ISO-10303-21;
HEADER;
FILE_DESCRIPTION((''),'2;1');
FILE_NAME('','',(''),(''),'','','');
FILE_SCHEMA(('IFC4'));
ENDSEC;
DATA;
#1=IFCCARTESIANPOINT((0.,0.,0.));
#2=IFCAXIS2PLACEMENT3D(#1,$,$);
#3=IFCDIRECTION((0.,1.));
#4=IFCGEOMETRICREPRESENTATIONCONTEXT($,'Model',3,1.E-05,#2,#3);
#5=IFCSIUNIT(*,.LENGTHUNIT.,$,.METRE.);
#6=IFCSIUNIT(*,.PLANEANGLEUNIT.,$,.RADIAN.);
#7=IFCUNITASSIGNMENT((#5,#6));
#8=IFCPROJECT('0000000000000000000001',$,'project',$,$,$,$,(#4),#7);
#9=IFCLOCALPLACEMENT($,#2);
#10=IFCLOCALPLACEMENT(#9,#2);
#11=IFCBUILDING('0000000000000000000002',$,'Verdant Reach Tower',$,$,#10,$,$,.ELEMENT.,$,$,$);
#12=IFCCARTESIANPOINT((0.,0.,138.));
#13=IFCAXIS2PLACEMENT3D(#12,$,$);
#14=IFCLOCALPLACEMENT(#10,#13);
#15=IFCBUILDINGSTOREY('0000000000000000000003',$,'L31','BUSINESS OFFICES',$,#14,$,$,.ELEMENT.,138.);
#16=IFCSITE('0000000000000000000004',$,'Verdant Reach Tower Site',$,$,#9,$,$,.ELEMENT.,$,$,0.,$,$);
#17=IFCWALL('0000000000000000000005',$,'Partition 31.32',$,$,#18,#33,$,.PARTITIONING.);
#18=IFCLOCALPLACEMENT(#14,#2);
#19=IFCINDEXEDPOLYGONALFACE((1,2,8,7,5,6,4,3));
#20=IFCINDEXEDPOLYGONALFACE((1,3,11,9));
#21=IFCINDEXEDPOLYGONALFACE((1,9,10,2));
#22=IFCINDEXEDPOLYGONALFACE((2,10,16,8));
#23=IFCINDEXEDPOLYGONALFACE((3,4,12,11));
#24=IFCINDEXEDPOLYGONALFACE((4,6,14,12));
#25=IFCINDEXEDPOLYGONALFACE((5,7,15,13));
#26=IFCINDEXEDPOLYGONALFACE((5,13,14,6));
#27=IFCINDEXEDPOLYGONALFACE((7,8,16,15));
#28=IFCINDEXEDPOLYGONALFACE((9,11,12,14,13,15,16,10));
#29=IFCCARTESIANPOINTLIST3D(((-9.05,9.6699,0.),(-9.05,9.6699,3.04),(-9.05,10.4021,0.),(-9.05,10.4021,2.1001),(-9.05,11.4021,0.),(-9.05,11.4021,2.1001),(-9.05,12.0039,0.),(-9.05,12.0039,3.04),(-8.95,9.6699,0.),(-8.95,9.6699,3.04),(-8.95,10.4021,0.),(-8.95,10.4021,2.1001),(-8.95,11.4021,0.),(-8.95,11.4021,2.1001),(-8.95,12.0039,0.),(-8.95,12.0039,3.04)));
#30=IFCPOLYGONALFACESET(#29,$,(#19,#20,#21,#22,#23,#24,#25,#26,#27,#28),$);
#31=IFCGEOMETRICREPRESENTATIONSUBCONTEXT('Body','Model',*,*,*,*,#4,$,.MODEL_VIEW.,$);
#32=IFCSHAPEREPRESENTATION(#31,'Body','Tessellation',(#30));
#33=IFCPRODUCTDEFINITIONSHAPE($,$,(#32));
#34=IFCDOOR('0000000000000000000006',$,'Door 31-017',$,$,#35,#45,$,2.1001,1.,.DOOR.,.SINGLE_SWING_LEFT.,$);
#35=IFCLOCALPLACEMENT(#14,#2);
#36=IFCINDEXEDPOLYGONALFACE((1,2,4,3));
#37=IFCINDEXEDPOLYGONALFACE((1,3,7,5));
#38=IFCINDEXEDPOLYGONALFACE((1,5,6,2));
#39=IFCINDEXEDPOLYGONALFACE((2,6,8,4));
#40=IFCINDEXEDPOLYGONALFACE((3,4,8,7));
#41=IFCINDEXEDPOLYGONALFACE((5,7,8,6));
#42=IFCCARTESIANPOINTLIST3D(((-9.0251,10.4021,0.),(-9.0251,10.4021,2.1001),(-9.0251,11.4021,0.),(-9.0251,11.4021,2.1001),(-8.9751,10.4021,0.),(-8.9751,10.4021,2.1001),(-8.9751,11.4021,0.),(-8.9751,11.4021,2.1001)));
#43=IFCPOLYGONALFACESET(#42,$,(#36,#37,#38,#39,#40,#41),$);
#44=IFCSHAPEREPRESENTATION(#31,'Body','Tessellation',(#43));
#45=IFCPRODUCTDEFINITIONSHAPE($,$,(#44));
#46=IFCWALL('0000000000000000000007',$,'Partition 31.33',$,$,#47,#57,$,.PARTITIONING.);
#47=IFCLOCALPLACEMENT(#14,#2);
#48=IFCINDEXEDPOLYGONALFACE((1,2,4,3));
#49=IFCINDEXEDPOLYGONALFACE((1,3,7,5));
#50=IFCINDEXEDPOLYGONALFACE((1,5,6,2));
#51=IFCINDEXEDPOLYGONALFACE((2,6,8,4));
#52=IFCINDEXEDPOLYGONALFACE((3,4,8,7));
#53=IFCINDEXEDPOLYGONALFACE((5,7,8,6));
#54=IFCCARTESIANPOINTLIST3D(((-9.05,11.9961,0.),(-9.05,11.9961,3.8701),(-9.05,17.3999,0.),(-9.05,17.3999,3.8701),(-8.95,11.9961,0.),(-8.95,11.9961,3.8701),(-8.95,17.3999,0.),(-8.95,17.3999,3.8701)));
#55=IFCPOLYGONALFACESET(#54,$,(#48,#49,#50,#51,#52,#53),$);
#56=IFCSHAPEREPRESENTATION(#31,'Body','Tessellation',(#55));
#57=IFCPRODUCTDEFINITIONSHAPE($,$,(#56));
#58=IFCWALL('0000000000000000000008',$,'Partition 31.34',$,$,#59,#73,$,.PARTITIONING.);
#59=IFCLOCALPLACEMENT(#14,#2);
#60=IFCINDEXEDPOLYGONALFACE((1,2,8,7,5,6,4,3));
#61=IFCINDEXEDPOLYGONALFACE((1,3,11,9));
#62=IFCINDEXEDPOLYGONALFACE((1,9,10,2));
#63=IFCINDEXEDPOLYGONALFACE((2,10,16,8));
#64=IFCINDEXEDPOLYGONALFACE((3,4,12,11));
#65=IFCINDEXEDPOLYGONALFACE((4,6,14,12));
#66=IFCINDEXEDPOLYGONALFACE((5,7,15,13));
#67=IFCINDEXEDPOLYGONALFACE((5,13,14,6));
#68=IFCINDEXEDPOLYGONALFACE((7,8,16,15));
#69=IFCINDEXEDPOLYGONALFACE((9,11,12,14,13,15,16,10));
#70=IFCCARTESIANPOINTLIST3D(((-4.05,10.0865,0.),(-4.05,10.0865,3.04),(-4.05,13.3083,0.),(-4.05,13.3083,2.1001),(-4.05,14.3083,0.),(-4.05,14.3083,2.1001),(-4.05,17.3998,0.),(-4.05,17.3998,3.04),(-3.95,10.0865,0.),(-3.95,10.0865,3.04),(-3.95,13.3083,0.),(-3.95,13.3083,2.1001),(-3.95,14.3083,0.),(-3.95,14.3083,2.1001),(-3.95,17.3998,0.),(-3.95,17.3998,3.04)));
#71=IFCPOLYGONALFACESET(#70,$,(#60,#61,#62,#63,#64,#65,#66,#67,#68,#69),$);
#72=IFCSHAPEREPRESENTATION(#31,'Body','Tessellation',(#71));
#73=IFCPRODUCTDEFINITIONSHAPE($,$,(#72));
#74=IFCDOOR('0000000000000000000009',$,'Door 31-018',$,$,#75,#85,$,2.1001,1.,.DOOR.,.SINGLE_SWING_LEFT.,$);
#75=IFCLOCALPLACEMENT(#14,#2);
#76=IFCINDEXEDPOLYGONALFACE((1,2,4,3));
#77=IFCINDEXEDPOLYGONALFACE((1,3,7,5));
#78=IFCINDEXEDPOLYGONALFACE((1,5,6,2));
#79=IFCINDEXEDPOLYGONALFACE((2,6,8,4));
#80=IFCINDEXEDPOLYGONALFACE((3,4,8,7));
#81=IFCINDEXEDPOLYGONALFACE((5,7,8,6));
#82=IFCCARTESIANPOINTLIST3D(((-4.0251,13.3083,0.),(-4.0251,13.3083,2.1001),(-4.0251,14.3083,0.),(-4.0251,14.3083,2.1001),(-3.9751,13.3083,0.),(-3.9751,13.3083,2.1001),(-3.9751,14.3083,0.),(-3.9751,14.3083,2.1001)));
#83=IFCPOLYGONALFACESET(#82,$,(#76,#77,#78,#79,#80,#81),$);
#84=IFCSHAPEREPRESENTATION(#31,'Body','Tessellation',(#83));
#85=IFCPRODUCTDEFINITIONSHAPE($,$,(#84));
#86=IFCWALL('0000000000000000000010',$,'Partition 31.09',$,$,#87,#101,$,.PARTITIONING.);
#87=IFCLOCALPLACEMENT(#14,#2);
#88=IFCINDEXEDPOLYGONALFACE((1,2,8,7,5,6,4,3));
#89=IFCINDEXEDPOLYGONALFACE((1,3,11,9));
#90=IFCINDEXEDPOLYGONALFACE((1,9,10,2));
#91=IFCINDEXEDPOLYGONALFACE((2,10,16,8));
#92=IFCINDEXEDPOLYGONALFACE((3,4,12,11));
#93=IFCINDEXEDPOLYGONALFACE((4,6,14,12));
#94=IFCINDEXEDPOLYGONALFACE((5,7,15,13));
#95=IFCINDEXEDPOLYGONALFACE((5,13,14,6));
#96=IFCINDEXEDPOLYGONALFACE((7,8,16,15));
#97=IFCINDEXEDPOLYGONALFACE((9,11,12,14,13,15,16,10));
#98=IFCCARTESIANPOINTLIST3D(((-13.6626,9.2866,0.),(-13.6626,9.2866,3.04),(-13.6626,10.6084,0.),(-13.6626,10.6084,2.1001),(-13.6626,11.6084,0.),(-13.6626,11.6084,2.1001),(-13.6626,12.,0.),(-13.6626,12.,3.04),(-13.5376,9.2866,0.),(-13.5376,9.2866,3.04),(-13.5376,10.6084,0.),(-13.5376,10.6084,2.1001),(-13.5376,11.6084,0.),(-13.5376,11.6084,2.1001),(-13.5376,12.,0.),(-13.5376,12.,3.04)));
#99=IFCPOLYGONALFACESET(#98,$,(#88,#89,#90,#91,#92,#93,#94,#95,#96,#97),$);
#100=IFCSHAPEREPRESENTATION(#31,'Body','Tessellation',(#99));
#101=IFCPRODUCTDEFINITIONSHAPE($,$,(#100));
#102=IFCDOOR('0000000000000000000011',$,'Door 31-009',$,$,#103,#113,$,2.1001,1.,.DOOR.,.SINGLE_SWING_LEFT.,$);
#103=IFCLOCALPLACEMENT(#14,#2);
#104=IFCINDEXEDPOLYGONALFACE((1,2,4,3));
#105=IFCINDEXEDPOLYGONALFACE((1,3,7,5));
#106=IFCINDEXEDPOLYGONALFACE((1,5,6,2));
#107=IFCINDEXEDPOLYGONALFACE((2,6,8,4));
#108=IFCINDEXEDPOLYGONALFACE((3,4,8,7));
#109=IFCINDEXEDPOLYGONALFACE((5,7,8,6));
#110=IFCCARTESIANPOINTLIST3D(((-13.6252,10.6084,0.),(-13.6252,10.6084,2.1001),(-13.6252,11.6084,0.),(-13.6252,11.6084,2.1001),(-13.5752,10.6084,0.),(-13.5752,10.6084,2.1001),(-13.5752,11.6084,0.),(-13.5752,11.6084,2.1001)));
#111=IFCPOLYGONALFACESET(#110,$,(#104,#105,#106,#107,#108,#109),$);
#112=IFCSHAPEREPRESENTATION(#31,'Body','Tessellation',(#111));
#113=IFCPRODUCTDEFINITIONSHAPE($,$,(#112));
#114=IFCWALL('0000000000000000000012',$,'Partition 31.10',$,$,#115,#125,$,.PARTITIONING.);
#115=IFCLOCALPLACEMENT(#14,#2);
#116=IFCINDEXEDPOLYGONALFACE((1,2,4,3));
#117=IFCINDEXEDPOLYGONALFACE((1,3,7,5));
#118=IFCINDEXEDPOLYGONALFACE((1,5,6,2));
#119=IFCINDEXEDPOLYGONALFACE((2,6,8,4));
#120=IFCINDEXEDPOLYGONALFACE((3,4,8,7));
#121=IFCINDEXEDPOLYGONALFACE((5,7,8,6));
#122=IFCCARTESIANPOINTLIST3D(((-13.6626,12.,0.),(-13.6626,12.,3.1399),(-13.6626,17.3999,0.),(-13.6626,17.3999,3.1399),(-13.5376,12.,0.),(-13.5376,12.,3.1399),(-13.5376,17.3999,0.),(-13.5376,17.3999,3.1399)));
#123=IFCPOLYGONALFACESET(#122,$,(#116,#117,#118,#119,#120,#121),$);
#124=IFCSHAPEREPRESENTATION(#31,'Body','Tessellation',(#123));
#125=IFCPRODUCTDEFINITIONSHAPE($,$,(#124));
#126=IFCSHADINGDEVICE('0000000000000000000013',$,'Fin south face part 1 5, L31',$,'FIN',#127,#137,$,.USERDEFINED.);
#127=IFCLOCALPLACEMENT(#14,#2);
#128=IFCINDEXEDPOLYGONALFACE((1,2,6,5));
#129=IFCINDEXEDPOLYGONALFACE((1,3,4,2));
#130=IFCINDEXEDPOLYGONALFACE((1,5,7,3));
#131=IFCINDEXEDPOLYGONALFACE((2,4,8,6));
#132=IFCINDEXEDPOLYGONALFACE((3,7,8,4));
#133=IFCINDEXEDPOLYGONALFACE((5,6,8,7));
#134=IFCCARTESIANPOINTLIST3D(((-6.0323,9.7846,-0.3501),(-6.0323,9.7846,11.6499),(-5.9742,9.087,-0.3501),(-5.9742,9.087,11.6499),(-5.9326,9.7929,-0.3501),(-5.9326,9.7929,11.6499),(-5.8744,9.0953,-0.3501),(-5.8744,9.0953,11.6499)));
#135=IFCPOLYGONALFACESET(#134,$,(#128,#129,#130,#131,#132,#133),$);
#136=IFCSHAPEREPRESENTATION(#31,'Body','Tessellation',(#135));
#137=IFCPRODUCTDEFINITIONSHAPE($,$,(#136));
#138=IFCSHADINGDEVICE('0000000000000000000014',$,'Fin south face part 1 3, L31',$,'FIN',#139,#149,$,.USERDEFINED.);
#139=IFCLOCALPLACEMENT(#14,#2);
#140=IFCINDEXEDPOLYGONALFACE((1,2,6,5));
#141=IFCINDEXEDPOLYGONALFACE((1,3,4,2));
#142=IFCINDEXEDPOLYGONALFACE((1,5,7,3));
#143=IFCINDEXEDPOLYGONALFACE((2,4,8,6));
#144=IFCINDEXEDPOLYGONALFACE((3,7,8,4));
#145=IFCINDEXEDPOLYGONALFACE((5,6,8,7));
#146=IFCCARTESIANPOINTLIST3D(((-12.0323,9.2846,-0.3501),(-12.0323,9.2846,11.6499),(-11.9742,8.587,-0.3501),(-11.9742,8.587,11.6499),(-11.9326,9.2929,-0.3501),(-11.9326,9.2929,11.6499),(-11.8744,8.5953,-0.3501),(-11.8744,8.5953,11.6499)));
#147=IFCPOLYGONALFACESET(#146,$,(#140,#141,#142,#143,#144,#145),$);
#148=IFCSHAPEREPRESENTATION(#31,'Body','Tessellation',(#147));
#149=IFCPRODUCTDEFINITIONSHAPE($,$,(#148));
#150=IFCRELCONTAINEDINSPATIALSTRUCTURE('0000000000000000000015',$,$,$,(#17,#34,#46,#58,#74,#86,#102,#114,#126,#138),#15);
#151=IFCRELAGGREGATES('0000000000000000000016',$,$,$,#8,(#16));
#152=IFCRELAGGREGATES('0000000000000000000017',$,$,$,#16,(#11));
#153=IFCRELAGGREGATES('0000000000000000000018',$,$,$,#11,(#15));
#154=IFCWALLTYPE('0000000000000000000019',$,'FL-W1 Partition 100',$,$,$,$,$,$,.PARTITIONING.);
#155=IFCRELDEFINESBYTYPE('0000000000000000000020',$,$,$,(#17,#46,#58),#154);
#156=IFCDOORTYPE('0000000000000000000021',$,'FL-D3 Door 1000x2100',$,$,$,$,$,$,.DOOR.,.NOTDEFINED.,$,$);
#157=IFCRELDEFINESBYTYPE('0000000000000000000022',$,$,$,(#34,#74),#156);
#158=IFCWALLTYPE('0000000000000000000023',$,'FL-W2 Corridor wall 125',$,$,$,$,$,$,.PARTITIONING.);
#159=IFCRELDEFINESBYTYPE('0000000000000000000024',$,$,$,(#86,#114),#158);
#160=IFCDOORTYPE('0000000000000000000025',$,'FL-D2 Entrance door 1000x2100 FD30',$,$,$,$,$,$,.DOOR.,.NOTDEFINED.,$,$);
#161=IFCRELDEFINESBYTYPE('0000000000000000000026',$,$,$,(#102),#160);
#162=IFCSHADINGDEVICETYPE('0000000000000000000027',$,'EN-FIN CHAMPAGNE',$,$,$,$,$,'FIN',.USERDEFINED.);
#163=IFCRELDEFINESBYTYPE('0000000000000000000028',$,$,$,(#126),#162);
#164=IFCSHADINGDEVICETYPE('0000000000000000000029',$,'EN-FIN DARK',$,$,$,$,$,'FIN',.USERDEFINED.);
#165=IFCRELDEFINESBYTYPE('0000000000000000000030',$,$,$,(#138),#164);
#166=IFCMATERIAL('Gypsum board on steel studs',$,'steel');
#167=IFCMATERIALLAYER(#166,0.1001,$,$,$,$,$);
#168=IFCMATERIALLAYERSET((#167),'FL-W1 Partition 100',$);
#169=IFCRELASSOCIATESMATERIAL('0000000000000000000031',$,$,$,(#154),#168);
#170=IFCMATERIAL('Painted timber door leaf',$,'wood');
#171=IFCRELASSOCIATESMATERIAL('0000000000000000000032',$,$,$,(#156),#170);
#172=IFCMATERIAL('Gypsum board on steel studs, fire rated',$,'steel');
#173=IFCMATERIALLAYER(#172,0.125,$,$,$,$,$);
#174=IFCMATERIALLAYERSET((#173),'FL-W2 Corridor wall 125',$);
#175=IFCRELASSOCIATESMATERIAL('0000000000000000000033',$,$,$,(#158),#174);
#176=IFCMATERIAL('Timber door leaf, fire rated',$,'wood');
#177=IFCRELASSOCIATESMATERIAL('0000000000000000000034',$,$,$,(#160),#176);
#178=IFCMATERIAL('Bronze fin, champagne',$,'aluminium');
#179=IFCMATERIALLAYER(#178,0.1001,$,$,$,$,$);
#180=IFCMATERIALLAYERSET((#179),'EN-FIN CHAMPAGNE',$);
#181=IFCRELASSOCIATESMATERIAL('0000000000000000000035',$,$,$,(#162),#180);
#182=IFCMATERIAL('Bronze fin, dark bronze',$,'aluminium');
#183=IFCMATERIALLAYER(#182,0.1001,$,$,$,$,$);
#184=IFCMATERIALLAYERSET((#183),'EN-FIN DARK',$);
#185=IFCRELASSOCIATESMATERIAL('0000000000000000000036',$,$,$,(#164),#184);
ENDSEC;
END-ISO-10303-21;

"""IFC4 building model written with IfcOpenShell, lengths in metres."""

from ifc_helpers import new_model, si_unit, direction, frame, frame_2d, origin, origin_2d, place, context, subcontext, project, spatial, rectangle, extrude, material, layer, layer_set, type_object, element, fill, save


model = new_model("IFC4")

# Units and contexts
model_context = context("Model", 3, precision=1e-05, world=origin(), true_north=direction((0.0, 1.0)))
body_context = subcontext(model_context, "Body", "Model", "MODEL_VIEW")
ifc_project = project(units=[si_unit("LENGTHUNIT", "METRE"), si_unit("PLANEANGLEUNIT", "RADIAN")], contexts=[model_context])

# Site, building, storey
site_placement = place(None, origin())
site = spatial("IfcSite", under=ifc_project, at=site_placement, Name="Verdant Reach Tower Site", CompositionType="ELEMENT", RefElevation=0.0)
building_placement = place(site_placement, origin())
building = spatial("IfcBuilding", under=site, at=building_placement, Name="Verdant Reach Tower", CompositionType="ELEMENT")
storey_placement = place(building_placement, frame((0.0, 0.0, 138.0)))
storey = spatial("IfcBuildingStorey", under=building, at=storey_placement, Name="L31", Description="BUSINESS OFFICES", CompositionType="ELEMENT", Elevation=138.0)

# Wall, opening, door
ifc_material_1 = material(Name="Gypsum board on steel studs", Category="steel")
ifc_layer_1 = layer(ifc_material_1, 0.1001)
ifc_layer_set_1 = layer_set([ifc_layer_1], Name="FL-W1 Partition 100")
wall_type_1 = type_object("IfcWallType", Name="FL-W1 Partition 100", PredefinedType="PARTITIONING", material=ifc_layer_set_1)
ifc_material_2 = material(Name="Painted timber door leaf", Category="wood")
door_type_1 = type_object("IfcDoorType", Name="FL-D3 Door 1000x2100", OperationType="NOTDEFINED", PredefinedType="DOOR", material=ifc_material_2)
wall_1_placement = place(storey_placement, frame((-9.0, 12.0039, 0.0), z_axis=(0.0, 0.0, 1.0), x_axis=(0.0, -1.0, 0.0)))
wall_1 = element("IfcWall", 1, at=wall_1_placement, inside=storey, type_object=wall_type_1, Name="Partition 31.32", PredefinedType="PARTITIONING", context=body_context, shape_type="SweptSolid", body=[
    extrude(rectangle(XDim=2.334, YDim=0.1001, at=frame_2d((1.167, 0.0))), origin(), (0.0, 0.0, 1.0), 3.04),
])
opening_1_placement = place(wall_1_placement, frame((0.6018, 0.0, 0.0)))
opening_1 = element("IfcOpeningElement", 2, at=opening_1_placement, cuts=wall_1, PredefinedType="OPENING", context=body_context, shape_type="SweptSolid", body=[
    extrude(rectangle(XDim=1.0, YDim=2.1001, at=frame_2d((0.5, 1.05))), frame((0.0, 0.0601, 0.0), z_axis=(0.0, -1.0, 0.0), x_axis=(1.0, 0.0, 0.0)), (0.0, 0.0, 1.0), 0.1201),
])
door_1_placement = place(opening_1_placement, origin())
door_1 = element("IfcDoor", 3, at=door_1_placement, inside=storey, type_object=door_type_1, Name="Door 31-017", OperationType="SINGLE_SWING_LEFT", OverallHeight=2.1001, OverallWidth=1.0, PredefinedType="DOOR", context=body_context, shape_type="SweptSolid", body=[
    extrude(rectangle(XDim=1.0, YDim=2.1001, at=frame_2d((0.5, 1.05))), frame((0.0, 0.0249, 0.0), z_axis=(0.0, -1.0, 0.0), x_axis=(1.0, 0.0, 0.0)), (0.0, 0.0, 1.0), 0.05),
])
fill(opening_1, door_1)

# Wall
wall_2_placement = place(storey_placement, frame((-9.0, 11.9961, 0.0), z_axis=(0.0, 0.0, 1.0), x_axis=(0.0, 1.0, 0.0)))
element("IfcWall", 4, at=wall_2_placement, inside=storey, type_object=wall_type_1, Name="Partition 31.33", PredefinedType="PARTITIONING", context=body_context, shape_type="SweptSolid", body=[
    extrude(rectangle(XDim=5.4038, YDim=0.1001, at=frame_2d((2.7019, 0.0))), origin(), (0.0, 0.0, 1.0), 3.8701),
])

# Walls, openings, doors
wall_3_placement = place(storey_placement, frame((-4.0, 17.3999, 0.0), z_axis=(0.0, 0.0, 1.0), x_axis=(0.0, -1.0, 0.0)))
wall_3 = element("IfcWall", 5, at=wall_3_placement, inside=storey, type_object=wall_type_1, Name="Partition 31.34", PredefinedType="PARTITIONING", context=body_context, shape_type="SweptSolid", body=[
    extrude(rectangle(XDim=7.3132, YDim=0.1001, at=frame_2d((3.6567, 0.0))), origin(), (0.0, 0.0, 1.0), 3.04),
])
opening_2_placement = place(wall_3_placement, frame((3.0916, 0.0, 0.0)))
opening_2 = element("IfcOpeningElement", 6, at=opening_2_placement, cuts=wall_3, PredefinedType="OPENING", context=body_context, shape_type="SweptSolid", body=[
    extrude(rectangle(XDim=1.0, YDim=2.1001, at=frame_2d((0.5, 1.05))), frame((0.0, 0.0601, 0.0), z_axis=(0.0, -1.0, 0.0), x_axis=(1.0, 0.0, 0.0)), (0.0, 0.0, 1.0), 0.1201),
])
door_2_placement = place(opening_2_placement, origin())
door_2 = element("IfcDoor", 7, at=door_2_placement, inside=storey, type_object=door_type_1, Name="Door 31-018", OperationType="SINGLE_SWING_LEFT", OverallHeight=2.1001, OverallWidth=1.0, PredefinedType="DOOR", context=body_context, shape_type="SweptSolid", body=[
    extrude(rectangle(XDim=1.0, YDim=2.1001, at=frame_2d((0.5, 1.05))), frame((0.0, 0.0249, 0.0), z_axis=(0.0, -1.0, 0.0), x_axis=(1.0, 0.0, 0.0)), (0.0, 0.0, 1.0), 0.05),
])
fill(opening_2, door_2)
ifc_material_3 = material(Name="Gypsum board on steel studs, fire rated", Category="steel")
ifc_layer_2 = layer(ifc_material_3, 0.125)
ifc_layer_set_2 = layer_set([ifc_layer_2], Name="FL-W2 Corridor wall 125")
wall_type_2 = type_object("IfcWallType", Name="FL-W2 Corridor wall 125", PredefinedType="PARTITIONING", material=ifc_layer_set_2)
wall_4_placement = place(storey_placement, frame((-13.6001, 12.0, 0.0), z_axis=(0.0, 0.0, 1.0), x_axis=(0.0, -1.0, 0.0)))
wall_4 = element("IfcWall", 8, at=wall_4_placement, inside=storey, type_object=wall_type_2, Name="Partition 31.09", PredefinedType="PARTITIONING", context=body_context, shape_type="SweptSolid", body=[
    extrude(rectangle(XDim=2.7134, YDim=0.125, at=frame_2d((1.3567, 0.0))), origin(), (0.0, 0.0, 1.0), 3.04),
])
opening_3_placement = place(wall_4_placement, frame((0.3916, 0.0, 0.0)))
opening_3 = element("IfcOpeningElement", 9, at=opening_3_placement, cuts=wall_4, PredefinedType="OPENING", context=body_context, shape_type="SweptSolid", body=[
    extrude(rectangle(XDim=1.0, YDim=2.1001, at=frame_2d((0.5, 1.05))), frame((0.0, 0.0725, 0.0), z_axis=(0.0, -1.0, 0.0), x_axis=(1.0, 0.0, 0.0)), (0.0, 0.0, 1.0), 0.145),
])
ifc_material_4 = material(Name="Timber door leaf, fire rated", Category="wood")
door_type_2 = type_object("IfcDoorType", Name="FL-D2 Entrance door 1000x2100 FD30", OperationType="NOTDEFINED", PredefinedType="DOOR", material=ifc_material_4)
door_3_placement = place(opening_3_placement, origin())
door_3 = element("IfcDoor", 10, at=door_3_placement, inside=storey, type_object=door_type_2, Name="Door 31-009", OperationType="SINGLE_SWING_LEFT", OverallHeight=2.1001, OverallWidth=1.0, PredefinedType="DOOR", context=body_context, shape_type="SweptSolid", body=[
    extrude(rectangle(XDim=1.0, YDim=2.1001, at=frame_2d((0.5, 1.05))), frame((0.0, 0.0249, 0.0), z_axis=(0.0, -1.0, 0.0), x_axis=(1.0, 0.0, 0.0)), (0.0, 0.0, 1.0), 0.05),
])
fill(opening_3, door_3)

# Wall
wall_5_placement = place(storey_placement, frame((-13.6001, 12.0, 0.0), z_axis=(0.0, 0.0, 1.0), x_axis=(0.0, 1.0, 0.0)))
element("IfcWall", 11, at=wall_5_placement, inside=storey, type_object=wall_type_2, Name="Partition 31.10", PredefinedType="PARTITIONING", context=body_context, shape_type="SweptSolid", body=[
    extrude(rectangle(XDim=5.3999, YDim=0.125, at=frame_2d((2.7, 0.0))), origin(), (0.0, 0.0, 1.0), 3.1399),
])

# Shading devices
ifc_material_5 = material(Name="Bronze fin, champagne", Category="aluminium")
ifc_layer_3 = layer(ifc_material_5, 0.1001)
ifc_layer_set_3 = layer_set([ifc_layer_3], Name="EN-FIN CHAMPAGNE")
shading_device_type_1 = type_object("IfcShadingDeviceType", Name="EN-FIN CHAMPAGNE", ElementType="FIN", PredefinedType="USERDEFINED", material=ifc_layer_set_3)
shading_device_1_placement = place(storey_placement, frame((-5.9534, 9.4399, -0.3501), z_axis=(0.0, 0.0, 1.0), x_axis=(0.996546, 0.083045, 0.0)))
element("IfcShadingDevice", 12, at=shading_device_1_placement, inside=storey, type_object=shading_device_type_1, Name="Fin south face part 1 5, L31", ObjectType="FIN", PredefinedType="USERDEFINED", context=body_context, shape_type="SweptSolid", body=[
    extrude(rectangle(XDim=0.1001, YDim=0.7, at=origin_2d()), origin(), (0.0, 0.0, 1.0), 12.0),
])
ifc_material_6 = material(Name="Bronze fin, dark bronze", Category="aluminium")
ifc_layer_4 = layer(ifc_material_6, 0.1001)
ifc_layer_set_4 = layer_set([ifc_layer_4], Name="EN-FIN DARK")
shading_device_type_2 = type_object("IfcShadingDeviceType", Name="EN-FIN DARK", ElementType="FIN", PredefinedType="USERDEFINED", material=ifc_layer_set_4)
shading_device_2_placement = place(storey_placement, frame((-11.9534, 8.9399, -0.3501), z_axis=(0.0, 0.0, 1.0), x_axis=(0.996546, 0.083045, 0.0)))
element("IfcShadingDevice", 13, at=shading_device_2_placement, inside=storey, type_object=shading_device_type_2, Name="Fin south face part 1 3, L31", ObjectType="FIN", PredefinedType="USERDEFINED", context=body_context, shape_type="SweptSolid", body=[
    extrude(rectangle(XDim=0.1001, YDim=0.7, at=origin_2d()), origin(), (0.0, 0.0, 1.0), 12.0),
])

save(model, "model.ifc")
